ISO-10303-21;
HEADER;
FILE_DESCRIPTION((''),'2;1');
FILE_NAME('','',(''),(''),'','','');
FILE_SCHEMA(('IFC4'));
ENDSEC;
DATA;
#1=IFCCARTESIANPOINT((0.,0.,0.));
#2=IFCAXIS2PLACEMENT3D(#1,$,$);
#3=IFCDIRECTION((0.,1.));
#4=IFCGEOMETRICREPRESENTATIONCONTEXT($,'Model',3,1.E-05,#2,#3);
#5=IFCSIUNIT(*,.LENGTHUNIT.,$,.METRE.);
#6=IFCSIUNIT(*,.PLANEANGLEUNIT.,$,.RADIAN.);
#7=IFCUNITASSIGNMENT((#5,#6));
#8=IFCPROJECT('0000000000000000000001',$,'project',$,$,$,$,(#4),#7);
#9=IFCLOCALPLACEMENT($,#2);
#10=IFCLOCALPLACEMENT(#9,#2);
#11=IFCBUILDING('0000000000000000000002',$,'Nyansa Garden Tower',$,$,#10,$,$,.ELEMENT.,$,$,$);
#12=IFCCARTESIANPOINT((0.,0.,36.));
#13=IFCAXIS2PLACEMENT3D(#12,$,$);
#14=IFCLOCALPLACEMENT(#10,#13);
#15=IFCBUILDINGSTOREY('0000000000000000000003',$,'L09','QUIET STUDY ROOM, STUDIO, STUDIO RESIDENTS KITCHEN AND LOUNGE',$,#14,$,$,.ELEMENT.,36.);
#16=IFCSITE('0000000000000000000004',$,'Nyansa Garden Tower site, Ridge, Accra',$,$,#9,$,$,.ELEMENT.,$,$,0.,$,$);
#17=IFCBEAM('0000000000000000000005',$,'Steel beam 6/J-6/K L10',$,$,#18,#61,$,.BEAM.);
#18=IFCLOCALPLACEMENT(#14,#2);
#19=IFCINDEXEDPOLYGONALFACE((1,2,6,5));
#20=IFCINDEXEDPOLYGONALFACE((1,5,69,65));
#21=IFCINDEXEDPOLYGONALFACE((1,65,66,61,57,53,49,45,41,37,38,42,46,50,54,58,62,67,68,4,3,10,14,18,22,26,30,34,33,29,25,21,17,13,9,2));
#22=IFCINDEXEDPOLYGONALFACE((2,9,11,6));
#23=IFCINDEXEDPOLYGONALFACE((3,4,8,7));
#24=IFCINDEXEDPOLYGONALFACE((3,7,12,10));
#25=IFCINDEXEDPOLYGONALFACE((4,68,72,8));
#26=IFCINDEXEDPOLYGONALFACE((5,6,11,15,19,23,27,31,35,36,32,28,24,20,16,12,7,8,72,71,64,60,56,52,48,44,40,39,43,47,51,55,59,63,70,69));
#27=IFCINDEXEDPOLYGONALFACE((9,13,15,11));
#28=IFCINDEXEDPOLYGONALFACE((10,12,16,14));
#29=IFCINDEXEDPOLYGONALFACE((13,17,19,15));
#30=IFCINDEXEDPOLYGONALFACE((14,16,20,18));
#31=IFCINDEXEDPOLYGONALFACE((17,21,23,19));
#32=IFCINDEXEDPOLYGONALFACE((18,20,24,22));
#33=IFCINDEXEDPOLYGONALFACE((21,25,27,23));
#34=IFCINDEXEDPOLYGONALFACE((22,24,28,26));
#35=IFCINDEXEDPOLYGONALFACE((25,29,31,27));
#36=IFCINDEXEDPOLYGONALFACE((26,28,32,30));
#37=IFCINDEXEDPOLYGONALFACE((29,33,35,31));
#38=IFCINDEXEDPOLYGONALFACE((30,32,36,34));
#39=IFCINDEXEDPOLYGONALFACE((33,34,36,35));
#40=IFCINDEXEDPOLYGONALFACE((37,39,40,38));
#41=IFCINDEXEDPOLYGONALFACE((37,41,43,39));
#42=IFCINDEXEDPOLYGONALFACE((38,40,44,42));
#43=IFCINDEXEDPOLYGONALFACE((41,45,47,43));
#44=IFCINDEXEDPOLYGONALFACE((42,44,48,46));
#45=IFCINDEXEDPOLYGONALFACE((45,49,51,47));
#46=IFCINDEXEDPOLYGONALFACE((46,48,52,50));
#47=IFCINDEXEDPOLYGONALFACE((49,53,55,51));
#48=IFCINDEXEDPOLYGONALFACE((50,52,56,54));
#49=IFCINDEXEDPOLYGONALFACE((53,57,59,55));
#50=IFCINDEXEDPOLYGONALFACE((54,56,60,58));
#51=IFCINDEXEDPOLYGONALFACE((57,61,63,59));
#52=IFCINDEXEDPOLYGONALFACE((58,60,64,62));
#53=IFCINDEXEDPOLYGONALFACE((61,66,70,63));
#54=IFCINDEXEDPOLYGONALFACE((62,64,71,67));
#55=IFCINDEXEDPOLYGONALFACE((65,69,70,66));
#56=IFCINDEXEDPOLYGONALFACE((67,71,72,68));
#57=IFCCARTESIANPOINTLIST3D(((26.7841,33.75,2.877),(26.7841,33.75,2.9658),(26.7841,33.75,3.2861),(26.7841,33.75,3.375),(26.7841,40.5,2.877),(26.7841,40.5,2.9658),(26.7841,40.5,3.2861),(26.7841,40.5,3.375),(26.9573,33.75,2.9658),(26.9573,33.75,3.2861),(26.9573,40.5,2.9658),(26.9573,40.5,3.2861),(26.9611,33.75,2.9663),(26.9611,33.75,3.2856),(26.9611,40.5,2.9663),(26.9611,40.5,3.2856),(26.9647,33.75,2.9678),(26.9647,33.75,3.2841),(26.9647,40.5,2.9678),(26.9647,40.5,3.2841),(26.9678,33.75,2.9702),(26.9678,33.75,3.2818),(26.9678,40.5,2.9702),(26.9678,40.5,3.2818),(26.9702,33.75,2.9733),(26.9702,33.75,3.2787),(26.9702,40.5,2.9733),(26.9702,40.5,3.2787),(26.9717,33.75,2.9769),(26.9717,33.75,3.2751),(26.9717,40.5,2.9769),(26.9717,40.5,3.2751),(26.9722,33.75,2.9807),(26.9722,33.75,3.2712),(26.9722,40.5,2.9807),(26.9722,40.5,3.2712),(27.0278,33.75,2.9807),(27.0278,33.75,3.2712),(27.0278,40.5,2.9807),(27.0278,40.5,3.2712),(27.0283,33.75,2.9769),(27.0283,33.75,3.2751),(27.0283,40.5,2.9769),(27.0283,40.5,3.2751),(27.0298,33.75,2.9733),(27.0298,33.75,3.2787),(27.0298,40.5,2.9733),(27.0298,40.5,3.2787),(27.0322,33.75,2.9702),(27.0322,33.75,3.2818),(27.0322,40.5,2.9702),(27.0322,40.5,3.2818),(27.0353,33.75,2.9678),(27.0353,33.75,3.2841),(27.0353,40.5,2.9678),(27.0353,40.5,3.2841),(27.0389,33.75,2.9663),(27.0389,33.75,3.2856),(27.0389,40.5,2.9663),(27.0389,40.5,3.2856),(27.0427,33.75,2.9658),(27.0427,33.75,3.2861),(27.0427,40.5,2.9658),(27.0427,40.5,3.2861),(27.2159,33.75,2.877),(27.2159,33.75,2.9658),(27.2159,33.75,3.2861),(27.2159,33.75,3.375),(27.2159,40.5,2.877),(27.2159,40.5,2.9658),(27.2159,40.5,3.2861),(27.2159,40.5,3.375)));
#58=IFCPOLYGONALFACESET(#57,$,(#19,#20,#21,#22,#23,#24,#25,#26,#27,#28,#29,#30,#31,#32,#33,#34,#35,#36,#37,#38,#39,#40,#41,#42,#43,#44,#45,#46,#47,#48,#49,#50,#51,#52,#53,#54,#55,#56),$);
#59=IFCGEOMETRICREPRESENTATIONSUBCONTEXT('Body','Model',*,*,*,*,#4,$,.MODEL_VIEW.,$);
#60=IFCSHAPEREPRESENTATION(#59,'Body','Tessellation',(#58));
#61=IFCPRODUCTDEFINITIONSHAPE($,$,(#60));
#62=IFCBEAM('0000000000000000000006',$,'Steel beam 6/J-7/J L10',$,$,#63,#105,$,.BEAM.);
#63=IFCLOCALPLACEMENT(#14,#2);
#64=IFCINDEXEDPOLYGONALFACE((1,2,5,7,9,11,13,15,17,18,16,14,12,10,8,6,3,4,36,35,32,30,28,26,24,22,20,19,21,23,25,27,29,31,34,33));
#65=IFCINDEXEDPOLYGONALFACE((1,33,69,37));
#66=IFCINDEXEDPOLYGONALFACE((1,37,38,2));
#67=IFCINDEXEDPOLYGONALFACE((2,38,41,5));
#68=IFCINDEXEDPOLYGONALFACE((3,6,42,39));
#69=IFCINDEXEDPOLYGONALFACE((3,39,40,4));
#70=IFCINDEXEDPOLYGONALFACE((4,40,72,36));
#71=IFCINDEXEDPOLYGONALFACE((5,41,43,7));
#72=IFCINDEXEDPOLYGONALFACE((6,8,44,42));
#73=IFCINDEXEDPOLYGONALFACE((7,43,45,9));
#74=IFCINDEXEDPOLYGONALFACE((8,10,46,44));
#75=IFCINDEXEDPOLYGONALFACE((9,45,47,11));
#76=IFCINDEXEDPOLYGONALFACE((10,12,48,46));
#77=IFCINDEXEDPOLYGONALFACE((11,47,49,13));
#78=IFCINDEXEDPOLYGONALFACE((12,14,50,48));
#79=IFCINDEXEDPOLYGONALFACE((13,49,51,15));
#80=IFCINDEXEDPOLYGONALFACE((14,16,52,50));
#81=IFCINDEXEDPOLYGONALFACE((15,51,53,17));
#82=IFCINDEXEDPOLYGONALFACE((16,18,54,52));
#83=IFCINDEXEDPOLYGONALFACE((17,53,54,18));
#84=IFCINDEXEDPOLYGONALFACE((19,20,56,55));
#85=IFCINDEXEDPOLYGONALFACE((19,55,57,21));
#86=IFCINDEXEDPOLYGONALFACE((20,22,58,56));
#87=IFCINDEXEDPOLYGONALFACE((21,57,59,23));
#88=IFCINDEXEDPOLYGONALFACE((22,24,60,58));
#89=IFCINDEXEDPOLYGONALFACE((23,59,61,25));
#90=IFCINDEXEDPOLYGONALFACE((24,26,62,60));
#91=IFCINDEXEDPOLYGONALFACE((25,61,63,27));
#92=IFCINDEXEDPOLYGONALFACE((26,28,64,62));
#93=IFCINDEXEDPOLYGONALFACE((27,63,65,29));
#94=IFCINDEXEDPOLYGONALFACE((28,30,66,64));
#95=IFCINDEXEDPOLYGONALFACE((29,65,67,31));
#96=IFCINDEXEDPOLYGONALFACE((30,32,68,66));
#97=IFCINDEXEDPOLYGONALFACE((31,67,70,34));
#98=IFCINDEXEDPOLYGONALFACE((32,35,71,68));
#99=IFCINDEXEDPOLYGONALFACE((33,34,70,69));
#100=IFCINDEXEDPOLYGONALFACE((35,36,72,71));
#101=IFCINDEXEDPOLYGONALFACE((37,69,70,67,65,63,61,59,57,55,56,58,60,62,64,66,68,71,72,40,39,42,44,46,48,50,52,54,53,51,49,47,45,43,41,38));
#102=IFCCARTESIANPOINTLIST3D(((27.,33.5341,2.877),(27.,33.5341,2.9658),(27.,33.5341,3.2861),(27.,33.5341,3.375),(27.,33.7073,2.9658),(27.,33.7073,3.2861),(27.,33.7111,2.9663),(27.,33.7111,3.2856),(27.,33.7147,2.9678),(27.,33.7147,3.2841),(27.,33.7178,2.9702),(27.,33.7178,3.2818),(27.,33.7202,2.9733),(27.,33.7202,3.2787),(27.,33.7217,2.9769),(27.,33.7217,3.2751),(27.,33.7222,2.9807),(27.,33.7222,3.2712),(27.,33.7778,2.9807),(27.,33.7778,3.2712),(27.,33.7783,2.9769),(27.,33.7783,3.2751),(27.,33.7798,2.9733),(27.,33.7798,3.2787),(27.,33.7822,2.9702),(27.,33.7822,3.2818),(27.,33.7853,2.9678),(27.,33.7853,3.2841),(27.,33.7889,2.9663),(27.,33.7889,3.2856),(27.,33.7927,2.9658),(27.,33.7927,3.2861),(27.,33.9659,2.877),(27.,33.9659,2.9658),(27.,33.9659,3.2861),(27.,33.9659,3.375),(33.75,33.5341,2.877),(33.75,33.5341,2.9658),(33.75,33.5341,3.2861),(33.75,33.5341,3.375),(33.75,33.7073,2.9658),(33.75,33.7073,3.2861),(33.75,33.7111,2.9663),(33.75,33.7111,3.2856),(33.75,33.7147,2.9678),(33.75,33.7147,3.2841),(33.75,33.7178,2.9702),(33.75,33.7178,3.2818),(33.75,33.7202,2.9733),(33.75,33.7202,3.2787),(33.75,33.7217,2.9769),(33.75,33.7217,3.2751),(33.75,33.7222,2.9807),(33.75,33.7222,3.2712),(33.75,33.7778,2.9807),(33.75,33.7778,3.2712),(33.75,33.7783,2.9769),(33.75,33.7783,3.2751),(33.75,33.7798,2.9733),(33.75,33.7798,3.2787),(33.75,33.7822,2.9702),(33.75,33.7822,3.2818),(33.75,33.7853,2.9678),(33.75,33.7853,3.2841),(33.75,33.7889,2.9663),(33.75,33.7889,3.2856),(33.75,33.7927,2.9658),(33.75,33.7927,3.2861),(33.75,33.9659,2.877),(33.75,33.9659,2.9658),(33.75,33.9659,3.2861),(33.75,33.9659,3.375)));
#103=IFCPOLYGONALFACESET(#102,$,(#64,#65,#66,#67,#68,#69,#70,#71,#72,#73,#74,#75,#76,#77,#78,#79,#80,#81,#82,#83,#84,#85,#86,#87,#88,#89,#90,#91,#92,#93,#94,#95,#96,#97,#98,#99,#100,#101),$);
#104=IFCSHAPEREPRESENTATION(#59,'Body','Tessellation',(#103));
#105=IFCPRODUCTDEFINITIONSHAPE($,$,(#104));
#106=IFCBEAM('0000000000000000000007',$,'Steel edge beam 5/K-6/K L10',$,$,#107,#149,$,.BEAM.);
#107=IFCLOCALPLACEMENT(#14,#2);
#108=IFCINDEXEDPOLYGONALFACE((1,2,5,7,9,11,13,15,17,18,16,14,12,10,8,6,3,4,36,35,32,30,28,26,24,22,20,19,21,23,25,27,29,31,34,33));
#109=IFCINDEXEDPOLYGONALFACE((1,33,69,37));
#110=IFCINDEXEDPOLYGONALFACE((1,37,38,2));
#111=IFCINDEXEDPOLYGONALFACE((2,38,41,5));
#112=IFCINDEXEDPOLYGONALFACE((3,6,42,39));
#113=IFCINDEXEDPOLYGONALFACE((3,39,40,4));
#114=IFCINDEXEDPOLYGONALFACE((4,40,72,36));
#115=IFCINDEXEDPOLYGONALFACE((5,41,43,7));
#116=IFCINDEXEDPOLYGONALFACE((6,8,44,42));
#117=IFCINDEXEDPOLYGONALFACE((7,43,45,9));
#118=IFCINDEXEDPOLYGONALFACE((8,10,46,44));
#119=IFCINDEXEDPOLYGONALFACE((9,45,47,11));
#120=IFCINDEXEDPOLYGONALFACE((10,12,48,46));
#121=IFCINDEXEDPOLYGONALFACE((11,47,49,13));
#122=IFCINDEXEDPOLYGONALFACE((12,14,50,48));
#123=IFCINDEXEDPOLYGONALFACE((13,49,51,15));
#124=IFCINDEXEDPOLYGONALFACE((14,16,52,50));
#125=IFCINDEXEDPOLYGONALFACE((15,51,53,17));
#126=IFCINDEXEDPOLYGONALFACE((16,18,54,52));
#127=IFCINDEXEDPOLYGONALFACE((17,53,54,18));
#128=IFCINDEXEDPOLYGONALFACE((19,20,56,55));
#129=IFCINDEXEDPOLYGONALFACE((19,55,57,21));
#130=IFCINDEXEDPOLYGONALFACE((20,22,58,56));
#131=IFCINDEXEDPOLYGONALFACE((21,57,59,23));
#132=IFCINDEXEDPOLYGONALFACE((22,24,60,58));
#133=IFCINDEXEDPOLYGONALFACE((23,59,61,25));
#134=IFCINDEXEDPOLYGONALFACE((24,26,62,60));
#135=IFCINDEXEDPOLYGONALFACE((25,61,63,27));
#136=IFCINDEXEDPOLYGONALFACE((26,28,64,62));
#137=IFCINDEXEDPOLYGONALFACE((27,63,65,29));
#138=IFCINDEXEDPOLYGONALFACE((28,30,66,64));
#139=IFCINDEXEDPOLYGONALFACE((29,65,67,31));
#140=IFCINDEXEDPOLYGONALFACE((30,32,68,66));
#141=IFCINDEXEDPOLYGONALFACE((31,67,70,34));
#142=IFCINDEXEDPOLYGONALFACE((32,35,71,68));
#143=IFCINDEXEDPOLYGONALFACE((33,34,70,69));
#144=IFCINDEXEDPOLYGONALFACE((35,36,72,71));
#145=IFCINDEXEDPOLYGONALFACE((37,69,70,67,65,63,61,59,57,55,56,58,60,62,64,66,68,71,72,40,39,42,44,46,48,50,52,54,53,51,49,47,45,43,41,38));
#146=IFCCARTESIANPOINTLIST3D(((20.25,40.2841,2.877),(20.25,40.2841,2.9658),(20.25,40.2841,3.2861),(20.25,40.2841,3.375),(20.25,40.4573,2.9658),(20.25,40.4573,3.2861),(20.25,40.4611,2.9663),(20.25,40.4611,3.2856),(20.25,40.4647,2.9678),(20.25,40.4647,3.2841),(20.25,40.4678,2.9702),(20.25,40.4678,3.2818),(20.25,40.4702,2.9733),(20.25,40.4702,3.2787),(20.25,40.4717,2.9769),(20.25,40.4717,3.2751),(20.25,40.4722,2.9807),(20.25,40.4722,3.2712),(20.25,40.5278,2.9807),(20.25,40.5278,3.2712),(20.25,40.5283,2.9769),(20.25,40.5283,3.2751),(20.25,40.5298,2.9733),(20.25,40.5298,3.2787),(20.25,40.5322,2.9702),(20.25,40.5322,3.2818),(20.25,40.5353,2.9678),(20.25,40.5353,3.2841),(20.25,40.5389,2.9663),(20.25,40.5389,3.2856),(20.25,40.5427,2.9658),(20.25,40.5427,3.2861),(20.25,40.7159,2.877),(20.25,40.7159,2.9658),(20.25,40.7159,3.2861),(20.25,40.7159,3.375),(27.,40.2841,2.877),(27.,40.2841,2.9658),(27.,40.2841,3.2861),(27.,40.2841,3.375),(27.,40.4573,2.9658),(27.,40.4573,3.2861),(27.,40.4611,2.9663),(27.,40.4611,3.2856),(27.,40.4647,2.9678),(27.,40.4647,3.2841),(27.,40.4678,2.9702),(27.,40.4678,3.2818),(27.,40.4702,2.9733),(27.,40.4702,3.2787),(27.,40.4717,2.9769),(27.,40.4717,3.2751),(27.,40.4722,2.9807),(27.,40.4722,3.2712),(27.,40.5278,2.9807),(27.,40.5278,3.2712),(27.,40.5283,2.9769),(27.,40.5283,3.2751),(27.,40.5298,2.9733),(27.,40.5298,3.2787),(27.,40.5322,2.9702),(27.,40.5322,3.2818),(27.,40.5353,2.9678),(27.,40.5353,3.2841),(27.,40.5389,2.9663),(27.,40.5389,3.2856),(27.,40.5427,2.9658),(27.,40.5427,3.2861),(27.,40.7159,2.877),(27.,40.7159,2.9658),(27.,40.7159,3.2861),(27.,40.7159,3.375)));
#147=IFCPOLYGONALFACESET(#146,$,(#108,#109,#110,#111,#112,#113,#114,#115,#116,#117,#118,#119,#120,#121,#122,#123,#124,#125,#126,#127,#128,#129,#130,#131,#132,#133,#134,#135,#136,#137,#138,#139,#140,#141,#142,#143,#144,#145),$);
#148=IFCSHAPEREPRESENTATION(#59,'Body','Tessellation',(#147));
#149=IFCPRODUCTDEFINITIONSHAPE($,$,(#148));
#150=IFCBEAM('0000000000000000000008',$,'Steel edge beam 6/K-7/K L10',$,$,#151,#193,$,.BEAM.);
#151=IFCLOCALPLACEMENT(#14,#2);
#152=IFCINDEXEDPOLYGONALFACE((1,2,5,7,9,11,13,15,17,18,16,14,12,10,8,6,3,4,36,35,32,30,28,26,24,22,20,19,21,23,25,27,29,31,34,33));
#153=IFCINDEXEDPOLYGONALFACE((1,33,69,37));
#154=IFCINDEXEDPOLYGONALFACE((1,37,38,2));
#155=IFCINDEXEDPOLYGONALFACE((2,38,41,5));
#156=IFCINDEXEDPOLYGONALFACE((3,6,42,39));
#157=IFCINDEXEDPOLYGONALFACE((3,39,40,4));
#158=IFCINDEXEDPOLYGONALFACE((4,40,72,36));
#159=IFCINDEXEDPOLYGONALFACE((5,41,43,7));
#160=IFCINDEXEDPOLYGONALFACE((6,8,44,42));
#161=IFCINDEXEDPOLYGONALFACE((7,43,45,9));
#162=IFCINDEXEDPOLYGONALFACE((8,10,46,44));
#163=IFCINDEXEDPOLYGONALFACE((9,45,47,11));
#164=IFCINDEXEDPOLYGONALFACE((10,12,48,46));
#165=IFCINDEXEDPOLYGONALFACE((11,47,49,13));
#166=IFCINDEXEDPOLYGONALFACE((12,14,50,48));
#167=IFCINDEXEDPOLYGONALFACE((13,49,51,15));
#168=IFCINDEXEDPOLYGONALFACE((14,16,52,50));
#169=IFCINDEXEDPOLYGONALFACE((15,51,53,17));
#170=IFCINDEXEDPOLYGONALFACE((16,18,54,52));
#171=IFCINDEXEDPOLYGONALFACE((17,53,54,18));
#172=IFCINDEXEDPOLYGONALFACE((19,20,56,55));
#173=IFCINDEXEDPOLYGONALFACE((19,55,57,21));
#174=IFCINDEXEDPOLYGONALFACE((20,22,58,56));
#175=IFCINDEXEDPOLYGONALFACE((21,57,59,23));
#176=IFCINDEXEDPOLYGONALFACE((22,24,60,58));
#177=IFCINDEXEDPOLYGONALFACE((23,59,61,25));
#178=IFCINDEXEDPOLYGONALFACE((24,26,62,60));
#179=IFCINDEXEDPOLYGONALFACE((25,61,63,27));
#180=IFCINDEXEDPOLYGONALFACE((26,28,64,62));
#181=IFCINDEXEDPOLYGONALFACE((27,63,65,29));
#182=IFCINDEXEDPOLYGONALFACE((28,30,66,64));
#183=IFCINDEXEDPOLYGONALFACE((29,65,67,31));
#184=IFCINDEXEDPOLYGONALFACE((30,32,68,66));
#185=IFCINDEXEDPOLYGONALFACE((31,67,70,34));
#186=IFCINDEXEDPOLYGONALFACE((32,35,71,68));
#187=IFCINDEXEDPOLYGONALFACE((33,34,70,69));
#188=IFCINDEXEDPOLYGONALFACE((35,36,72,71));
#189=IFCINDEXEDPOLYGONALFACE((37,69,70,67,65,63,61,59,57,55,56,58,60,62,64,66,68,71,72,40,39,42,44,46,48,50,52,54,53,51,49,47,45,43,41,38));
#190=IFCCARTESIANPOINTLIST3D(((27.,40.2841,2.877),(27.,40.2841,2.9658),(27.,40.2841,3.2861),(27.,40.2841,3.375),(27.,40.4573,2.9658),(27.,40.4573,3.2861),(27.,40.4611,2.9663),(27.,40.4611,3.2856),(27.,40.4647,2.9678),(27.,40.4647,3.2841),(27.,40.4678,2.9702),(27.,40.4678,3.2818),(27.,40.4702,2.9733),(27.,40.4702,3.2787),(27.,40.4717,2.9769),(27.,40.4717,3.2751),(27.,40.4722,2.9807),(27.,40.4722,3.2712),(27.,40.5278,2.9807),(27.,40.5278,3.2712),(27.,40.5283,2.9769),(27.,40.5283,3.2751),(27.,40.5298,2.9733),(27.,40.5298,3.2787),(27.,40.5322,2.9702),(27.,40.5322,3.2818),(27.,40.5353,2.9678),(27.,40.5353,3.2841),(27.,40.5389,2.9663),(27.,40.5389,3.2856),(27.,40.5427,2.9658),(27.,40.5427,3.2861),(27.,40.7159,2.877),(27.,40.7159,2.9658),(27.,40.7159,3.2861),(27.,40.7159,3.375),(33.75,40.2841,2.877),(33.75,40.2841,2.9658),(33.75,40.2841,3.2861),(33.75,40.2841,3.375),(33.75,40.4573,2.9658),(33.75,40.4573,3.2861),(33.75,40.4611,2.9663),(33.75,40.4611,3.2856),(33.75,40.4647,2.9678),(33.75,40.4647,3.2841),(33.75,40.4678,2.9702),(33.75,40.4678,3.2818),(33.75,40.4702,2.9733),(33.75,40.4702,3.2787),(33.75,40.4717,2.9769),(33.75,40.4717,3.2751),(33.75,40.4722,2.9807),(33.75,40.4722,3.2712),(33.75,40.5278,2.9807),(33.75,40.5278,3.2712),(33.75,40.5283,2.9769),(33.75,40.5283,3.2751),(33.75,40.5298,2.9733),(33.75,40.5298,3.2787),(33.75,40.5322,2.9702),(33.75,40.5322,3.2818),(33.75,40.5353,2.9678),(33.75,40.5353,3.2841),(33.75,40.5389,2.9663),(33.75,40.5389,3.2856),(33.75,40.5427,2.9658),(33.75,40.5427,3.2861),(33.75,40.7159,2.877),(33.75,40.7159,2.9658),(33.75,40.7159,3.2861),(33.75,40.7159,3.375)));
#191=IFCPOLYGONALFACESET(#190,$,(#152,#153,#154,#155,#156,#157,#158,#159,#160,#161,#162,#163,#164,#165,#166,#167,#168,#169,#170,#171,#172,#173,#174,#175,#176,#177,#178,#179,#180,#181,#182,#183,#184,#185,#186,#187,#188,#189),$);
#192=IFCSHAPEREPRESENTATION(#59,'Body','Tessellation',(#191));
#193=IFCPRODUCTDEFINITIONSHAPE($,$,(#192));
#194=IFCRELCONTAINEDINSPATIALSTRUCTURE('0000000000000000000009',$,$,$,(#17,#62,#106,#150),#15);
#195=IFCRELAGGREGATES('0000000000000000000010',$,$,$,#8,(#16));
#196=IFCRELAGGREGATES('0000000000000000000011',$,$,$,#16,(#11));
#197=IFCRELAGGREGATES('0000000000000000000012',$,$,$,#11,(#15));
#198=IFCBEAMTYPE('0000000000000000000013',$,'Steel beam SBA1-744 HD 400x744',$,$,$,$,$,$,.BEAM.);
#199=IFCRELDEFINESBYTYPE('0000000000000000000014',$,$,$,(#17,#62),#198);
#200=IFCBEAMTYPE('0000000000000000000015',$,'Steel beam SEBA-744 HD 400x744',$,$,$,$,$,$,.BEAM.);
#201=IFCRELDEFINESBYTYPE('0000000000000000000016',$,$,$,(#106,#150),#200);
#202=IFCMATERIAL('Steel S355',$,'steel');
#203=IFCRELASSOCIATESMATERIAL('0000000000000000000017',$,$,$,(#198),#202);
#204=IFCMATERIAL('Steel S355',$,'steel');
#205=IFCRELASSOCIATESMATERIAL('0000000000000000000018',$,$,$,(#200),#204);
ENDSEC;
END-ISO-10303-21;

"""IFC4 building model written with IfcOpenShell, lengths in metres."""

from ifc_helpers import new_model, si_unit, direction, frame, origin, origin_2d, place, context, subcontext, project, spatial, i_section, extrude, material, material_profile, profile_set, type_object, element, save


model = new_model("IFC4")

# Units and contexts
model_context = context("Model", 3, precision=1e-05, world=origin(), true_north=direction((0.0, 1.0)))
body_context = subcontext(model_context, "Body", "Model", "MODEL_VIEW")
ifc_project = project(units=[si_unit("LENGTHUNIT", "METRE"), si_unit("PLANEANGLEUNIT", "RADIAN")], contexts=[model_context])

# Site, building, storey
site_placement = place(None, origin())
site = spatial("IfcSite", under=ifc_project, at=site_placement, Name="Nyansa Garden Tower site, Ridge, Accra", CompositionType="ELEMENT", RefElevation=0.0)
building_placement = place(site_placement, origin())
building = spatial("IfcBuilding", under=site, at=building_placement, Name="Nyansa Garden Tower", CompositionType="ELEMENT")
storey_placement = place(building_placement, frame((0.0, 0.0, 36.0)))
storey = spatial("IfcBuildingStorey", under=building, at=storey_placement, Name="L09", Description="QUIET STUDY ROOM, STUDIO, STUDIO RESIDENTS KITCHEN AND LOUNGE", CompositionType="ELEMENT", Elevation=36.0)

# Beams
ifc_material_1 = material(Name="Steel S355", Category="steel")
ifc_material_profile_1 = material_profile(ifc_material_1, i_section(OverallWidth=0.4319, OverallDepth=0.498, WebThickness=0.0557, FlangeThickness=0.0889, FilletRadius=0.0149, at=origin_2d()), Name="HD 400x744")
ifc_profile_set_1 = profile_set([ifc_material_profile_1], Name="Steel S355")
beam_type_1 = type_object("IfcBeamType", Name="Steel beam SBA1-744 HD 400x744", PredefinedType="BEAM", material=ifc_profile_set_1)
for number, where, z_axis, x_axis, name in (
    (1, (27.0, 33.75, 3.126), (0.0, 1.0, 0.0), (-1.0, 0.0, 0.0), "Steel beam 6/J-6/K L10"),
    (2, (27.0, 33.75, 3.126), (1.0, 0.0, 0.0), (0.0, 1.0, 0.0), "Steel beam 6/J-7/J L10"),
):
    element("IfcBeam", number, at=place(storey_placement, frame(where, z_axis=z_axis, x_axis=x_axis)), inside=storey, type_object=beam_type_1, Name=name, PredefinedType="BEAM", context=body_context, shape_type="SweptSolid", body=[
        extrude(i_section(OverallWidth=0.4319, OverallDepth=0.498, WebThickness=0.0557, FlangeThickness=0.0889, FilletRadius=0.0149, at=origin_2d()), origin(), (0.0, 0.0, 1.0), 6.75),
    ])
ifc_material_2 = material(Name="Steel S355", Category="steel")
ifc_material_profile_2 = material_profile(ifc_material_2, i_section(OverallWidth=0.4319, OverallDepth=0.498, WebThickness=0.0557, FlangeThickness=0.0889, FilletRadius=0.0149, at=origin_2d()), Name="HD 400x744")
ifc_profile_set_2 = profile_set([ifc_material_profile_2], Name="Steel S355")
beam_type_2 = type_object("IfcBeamType", Name="Steel beam SEBA-744 HD 400x744", PredefinedType="BEAM", material=ifc_profile_set_2)
for number, where, z_axis, x_axis, name in (
    (3, (20.25, 40.5, 3.126), (1.0, 0.0, 0.0), (0.0, 1.0, 0.0), "Steel edge beam 5/K-6/K L10"),
    (4, (27.0, 40.5, 3.126), (1.0, 0.0, 0.0), (0.0, 1.0, 0.0), "Steel edge beam 6/K-7/K L10"),
):
    element("IfcBeam", number, at=place(storey_placement, frame(where, z_axis=z_axis, x_axis=x_axis)), inside=storey, type_object=beam_type_2, Name=name, PredefinedType="BEAM", context=body_context, shape_type="SweptSolid", body=[
        extrude(i_section(OverallWidth=0.4319, OverallDepth=0.498, WebThickness=0.0557, FlangeThickness=0.0889, FilletRadius=0.0149, at=origin_2d()), origin(), (0.0, 0.0, 1.0), 6.75),
    ])

save(model, "model.ifc")
